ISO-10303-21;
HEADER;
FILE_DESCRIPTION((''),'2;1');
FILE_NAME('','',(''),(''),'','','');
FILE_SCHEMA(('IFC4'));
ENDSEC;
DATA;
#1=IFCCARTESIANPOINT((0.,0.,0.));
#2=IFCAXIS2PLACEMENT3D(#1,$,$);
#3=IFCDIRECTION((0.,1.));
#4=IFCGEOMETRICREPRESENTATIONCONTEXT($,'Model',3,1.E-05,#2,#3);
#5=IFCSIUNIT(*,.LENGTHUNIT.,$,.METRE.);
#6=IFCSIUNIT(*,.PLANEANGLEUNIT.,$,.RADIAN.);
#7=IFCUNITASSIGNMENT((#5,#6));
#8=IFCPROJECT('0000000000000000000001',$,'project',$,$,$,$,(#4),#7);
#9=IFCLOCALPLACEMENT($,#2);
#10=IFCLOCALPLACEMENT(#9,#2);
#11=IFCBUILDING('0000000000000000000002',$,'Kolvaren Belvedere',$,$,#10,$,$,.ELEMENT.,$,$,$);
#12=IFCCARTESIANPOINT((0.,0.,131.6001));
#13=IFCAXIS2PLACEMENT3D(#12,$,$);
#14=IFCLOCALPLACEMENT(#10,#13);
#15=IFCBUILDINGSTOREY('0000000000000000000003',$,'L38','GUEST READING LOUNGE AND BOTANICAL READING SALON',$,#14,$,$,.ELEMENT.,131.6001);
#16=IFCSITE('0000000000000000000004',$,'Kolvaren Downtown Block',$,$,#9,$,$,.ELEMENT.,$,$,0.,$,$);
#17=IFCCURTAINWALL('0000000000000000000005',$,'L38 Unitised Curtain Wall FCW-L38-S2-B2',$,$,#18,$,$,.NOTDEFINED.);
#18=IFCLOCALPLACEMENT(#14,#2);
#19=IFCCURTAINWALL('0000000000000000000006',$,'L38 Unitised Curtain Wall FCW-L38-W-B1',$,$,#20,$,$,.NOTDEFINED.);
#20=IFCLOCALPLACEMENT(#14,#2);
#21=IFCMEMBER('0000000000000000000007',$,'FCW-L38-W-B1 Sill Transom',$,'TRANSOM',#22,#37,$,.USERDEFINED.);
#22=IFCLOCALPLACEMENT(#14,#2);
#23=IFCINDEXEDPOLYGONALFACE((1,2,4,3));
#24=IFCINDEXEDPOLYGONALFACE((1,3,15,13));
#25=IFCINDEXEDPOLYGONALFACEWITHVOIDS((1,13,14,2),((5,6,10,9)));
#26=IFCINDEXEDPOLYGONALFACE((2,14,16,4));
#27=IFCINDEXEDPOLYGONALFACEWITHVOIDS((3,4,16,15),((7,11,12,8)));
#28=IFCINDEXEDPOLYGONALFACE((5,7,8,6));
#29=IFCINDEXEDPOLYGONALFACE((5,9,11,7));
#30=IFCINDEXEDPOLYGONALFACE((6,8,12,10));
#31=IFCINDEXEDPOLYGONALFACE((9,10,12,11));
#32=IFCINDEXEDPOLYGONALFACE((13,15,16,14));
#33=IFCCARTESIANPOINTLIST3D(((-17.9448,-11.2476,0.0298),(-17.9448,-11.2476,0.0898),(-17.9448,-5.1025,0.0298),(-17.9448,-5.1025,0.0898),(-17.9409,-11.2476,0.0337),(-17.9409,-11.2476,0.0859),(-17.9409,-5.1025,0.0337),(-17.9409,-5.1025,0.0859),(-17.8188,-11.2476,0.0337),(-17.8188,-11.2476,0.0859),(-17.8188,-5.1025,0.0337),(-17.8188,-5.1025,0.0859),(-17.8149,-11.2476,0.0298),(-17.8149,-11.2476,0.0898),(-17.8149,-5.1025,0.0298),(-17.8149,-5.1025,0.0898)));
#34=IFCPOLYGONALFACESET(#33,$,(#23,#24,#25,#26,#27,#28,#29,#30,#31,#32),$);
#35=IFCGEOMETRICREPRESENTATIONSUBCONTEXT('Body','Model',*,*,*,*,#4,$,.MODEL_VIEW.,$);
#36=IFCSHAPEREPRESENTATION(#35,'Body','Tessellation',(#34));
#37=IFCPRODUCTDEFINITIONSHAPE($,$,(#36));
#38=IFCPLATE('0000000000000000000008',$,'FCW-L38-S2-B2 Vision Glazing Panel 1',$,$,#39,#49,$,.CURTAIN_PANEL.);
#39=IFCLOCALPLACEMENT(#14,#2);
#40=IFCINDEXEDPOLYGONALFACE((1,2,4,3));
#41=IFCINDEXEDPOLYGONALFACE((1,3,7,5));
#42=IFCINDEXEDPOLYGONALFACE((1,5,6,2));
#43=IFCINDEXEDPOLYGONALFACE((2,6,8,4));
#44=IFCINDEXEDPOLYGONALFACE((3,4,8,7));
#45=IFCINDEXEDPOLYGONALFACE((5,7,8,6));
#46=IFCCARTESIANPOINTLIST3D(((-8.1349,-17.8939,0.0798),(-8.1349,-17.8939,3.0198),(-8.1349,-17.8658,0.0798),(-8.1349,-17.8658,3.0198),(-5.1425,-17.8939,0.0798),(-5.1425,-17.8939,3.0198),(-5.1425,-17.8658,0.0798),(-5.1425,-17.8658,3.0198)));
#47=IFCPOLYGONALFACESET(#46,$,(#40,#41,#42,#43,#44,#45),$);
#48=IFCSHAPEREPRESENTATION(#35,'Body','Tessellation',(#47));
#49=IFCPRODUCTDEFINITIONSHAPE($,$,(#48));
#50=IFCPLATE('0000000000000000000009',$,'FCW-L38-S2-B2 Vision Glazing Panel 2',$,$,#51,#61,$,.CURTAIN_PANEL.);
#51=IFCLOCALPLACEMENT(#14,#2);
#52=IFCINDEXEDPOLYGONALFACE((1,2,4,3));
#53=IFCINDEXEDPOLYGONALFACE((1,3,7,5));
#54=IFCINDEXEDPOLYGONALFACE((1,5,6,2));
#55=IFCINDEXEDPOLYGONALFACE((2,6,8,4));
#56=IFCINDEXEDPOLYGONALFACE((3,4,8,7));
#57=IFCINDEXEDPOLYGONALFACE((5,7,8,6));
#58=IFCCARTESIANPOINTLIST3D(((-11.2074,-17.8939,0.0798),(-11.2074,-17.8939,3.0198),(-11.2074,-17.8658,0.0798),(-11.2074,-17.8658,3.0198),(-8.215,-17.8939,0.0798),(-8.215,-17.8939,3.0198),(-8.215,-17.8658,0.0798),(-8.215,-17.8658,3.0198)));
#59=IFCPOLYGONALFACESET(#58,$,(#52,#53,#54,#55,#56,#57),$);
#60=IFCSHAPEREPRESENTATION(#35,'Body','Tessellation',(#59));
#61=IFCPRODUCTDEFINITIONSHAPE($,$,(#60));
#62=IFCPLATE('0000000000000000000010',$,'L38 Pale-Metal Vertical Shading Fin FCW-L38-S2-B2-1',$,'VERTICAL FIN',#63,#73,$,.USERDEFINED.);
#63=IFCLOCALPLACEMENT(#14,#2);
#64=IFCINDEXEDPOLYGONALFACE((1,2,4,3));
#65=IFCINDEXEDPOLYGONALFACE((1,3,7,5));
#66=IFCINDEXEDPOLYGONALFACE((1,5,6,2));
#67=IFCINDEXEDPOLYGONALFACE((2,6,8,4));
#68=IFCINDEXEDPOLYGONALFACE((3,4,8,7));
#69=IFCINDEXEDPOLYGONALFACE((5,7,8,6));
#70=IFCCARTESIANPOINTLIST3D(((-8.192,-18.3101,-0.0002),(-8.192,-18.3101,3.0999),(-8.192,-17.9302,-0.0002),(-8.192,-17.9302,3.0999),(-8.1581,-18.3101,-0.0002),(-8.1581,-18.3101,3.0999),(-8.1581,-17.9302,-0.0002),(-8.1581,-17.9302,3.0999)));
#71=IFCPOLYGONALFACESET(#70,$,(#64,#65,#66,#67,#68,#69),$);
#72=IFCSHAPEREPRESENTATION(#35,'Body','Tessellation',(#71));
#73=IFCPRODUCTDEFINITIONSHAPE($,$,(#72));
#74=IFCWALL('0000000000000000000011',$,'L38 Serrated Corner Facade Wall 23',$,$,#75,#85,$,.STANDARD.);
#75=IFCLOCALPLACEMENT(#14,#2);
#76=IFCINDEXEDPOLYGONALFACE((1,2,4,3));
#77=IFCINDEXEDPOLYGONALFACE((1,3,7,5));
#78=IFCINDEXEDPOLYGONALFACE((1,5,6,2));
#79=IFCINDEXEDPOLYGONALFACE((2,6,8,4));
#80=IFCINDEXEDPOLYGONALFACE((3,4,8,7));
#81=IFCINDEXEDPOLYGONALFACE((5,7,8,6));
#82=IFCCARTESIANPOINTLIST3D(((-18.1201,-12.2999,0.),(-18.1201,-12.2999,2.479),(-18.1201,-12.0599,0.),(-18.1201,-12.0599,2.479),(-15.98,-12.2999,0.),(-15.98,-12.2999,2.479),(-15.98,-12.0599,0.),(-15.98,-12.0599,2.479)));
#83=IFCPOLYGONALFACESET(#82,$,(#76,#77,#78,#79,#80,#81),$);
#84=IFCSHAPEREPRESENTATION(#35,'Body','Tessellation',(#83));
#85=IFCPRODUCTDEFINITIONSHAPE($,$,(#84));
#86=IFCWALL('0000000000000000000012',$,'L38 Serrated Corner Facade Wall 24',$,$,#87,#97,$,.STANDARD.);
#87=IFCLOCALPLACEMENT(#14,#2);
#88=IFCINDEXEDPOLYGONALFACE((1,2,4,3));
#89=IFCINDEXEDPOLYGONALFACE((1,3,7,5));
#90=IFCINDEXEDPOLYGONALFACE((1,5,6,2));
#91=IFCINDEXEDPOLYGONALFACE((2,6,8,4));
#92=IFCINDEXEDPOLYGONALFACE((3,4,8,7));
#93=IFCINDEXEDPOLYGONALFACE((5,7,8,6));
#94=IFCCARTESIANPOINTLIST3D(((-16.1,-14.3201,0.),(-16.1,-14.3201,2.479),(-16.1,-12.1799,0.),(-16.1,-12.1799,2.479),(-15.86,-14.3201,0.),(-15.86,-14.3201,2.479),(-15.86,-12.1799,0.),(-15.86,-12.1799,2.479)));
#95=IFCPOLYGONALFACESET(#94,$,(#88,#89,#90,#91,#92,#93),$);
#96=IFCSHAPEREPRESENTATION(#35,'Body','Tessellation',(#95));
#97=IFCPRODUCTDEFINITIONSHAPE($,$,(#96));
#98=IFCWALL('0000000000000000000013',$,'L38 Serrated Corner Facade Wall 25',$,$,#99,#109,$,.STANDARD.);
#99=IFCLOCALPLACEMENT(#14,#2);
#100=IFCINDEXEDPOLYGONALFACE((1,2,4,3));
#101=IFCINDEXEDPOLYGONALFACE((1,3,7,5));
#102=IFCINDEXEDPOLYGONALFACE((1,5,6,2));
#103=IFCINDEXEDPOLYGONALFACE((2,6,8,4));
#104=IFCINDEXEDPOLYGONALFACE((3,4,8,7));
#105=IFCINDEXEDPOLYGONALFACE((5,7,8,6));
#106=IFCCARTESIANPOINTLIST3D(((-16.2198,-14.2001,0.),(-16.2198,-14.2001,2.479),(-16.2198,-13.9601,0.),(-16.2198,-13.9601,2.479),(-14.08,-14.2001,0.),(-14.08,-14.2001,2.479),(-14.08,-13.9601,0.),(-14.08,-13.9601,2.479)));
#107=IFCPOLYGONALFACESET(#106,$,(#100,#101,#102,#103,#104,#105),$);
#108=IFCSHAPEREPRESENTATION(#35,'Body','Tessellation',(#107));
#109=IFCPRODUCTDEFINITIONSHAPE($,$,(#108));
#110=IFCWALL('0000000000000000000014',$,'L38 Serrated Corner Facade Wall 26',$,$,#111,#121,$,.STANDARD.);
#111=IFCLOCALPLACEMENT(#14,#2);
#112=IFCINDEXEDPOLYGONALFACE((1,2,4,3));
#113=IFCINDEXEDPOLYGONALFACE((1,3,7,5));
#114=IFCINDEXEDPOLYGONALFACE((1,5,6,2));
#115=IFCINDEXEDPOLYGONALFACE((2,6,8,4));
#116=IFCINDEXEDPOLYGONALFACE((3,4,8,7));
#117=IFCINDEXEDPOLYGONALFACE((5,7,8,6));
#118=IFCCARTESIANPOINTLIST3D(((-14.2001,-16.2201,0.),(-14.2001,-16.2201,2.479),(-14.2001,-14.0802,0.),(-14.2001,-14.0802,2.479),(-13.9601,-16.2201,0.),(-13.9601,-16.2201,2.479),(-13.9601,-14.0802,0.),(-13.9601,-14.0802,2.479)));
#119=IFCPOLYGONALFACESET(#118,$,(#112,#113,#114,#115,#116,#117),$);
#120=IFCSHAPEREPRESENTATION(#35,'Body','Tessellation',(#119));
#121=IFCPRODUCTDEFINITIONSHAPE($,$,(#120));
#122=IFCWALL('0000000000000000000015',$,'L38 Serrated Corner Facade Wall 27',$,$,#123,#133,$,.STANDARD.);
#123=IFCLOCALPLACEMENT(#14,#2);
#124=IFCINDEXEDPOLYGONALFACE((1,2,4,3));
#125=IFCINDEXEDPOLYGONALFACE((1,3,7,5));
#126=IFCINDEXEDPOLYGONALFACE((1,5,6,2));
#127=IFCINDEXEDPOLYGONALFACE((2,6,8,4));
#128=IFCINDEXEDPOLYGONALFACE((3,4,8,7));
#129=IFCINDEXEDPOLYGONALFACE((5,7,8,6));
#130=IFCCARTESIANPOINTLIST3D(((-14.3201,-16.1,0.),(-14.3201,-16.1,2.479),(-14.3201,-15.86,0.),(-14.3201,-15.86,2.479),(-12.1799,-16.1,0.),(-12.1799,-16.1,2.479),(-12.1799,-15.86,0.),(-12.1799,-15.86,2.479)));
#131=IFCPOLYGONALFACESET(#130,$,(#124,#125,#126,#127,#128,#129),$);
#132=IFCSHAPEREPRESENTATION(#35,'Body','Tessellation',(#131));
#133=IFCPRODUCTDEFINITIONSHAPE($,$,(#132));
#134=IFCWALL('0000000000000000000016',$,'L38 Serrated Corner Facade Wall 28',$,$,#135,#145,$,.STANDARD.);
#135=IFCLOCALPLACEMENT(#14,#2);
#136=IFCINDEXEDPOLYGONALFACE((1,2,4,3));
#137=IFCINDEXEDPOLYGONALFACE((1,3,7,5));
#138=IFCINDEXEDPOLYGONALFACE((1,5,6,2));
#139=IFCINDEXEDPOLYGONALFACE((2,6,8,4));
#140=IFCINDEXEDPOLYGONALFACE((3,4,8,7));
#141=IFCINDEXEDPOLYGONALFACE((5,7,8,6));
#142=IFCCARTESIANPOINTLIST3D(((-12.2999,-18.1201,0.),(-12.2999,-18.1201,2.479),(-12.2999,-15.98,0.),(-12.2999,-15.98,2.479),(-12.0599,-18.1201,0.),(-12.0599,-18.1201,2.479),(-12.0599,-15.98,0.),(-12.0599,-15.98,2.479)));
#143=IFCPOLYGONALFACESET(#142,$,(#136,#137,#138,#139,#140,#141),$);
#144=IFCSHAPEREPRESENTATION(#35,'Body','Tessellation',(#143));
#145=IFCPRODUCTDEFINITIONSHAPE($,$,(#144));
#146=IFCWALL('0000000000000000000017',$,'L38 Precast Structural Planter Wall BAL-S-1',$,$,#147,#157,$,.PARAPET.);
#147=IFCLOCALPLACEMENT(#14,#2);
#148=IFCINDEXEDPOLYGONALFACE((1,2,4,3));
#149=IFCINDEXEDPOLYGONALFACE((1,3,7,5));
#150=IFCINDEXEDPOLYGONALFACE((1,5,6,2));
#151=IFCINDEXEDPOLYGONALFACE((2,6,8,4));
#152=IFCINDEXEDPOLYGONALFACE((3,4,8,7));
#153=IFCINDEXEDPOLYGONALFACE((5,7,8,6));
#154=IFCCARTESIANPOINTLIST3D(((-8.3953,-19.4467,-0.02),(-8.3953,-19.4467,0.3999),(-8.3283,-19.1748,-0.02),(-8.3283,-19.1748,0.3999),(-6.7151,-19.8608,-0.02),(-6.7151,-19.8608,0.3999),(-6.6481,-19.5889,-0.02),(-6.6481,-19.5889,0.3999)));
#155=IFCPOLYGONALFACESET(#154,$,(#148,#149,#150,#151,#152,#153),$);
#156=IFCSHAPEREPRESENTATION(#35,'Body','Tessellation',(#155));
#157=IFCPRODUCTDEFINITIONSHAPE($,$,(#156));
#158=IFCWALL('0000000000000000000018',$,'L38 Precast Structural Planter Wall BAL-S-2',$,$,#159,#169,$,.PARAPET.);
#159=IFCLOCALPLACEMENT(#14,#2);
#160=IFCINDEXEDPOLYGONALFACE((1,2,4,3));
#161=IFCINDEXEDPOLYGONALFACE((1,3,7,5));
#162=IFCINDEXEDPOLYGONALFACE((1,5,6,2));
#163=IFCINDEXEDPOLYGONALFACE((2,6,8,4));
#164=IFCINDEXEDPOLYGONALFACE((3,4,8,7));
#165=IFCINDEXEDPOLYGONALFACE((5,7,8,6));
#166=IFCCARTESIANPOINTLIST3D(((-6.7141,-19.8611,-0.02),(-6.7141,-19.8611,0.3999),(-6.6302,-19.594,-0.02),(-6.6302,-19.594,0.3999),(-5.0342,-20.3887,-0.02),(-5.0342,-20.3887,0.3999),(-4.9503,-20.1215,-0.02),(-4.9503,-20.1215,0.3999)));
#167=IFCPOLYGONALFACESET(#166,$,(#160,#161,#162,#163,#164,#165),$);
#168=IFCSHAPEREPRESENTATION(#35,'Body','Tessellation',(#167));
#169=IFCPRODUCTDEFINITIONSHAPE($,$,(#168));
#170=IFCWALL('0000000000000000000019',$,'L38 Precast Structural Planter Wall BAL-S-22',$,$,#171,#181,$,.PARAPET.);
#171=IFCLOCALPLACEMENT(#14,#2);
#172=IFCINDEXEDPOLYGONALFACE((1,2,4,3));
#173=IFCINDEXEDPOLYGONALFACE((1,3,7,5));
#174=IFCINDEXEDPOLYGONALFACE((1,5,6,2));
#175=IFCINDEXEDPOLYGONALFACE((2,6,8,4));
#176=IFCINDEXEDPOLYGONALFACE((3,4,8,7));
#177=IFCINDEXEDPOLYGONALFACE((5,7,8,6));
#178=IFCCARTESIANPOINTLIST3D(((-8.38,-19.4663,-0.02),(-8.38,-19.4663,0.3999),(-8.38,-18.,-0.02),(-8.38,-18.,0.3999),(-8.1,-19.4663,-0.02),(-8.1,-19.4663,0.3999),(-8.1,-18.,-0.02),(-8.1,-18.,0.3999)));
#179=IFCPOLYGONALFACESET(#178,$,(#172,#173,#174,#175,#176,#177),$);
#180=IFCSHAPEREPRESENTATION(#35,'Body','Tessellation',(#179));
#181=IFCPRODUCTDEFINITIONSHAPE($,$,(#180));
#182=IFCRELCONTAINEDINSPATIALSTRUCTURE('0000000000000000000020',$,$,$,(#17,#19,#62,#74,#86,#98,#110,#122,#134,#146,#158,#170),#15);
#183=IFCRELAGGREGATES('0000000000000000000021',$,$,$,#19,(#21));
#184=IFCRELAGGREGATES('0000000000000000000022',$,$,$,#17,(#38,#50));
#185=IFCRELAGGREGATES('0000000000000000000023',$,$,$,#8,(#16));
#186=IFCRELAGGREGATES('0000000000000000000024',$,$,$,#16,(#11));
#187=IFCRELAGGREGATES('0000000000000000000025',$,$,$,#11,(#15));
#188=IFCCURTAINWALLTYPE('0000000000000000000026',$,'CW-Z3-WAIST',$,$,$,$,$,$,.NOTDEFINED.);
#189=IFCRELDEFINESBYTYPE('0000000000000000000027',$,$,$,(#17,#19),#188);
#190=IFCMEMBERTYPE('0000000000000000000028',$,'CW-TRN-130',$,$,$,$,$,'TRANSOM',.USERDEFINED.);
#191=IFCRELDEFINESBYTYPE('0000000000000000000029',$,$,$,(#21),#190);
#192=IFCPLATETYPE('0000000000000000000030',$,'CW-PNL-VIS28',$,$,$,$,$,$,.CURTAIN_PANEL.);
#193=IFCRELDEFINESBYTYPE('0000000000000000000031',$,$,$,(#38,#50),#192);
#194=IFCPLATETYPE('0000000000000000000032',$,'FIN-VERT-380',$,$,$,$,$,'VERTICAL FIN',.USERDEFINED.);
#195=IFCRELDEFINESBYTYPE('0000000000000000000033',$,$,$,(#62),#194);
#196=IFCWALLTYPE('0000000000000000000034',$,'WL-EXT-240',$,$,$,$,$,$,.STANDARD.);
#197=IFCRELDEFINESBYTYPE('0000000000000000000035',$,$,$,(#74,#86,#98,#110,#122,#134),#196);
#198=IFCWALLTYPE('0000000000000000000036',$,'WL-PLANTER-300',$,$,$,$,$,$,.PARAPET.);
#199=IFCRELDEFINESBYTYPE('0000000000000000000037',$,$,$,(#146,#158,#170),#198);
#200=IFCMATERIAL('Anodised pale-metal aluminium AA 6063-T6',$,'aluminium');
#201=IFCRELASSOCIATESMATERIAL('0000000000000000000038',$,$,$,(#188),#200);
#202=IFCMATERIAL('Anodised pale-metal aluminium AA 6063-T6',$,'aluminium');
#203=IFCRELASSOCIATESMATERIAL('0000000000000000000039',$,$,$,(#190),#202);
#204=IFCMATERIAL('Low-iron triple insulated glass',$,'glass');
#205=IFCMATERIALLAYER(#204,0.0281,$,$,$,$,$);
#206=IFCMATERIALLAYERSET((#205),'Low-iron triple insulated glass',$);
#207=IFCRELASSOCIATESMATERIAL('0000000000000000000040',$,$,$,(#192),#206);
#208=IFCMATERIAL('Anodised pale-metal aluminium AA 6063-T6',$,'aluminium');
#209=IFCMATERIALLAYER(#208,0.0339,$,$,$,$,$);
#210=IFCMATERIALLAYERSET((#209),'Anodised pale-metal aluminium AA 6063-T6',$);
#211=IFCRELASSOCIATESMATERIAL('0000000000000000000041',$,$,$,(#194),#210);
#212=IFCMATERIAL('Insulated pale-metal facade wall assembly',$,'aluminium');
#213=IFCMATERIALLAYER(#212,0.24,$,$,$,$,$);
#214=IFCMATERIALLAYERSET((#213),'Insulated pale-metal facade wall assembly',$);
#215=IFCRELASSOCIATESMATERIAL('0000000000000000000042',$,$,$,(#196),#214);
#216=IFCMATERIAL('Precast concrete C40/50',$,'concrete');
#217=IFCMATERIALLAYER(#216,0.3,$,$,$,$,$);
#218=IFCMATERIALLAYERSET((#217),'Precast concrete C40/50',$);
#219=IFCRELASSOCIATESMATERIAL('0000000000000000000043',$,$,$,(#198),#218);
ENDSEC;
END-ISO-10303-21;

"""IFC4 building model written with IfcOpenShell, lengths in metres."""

from ifc_helpers import new_model, si_unit, direction, frame, frame_2d, origin, origin_2d, place, context, subcontext, project, spatial, rectangle, hollow_rectangle, extrude, material, layer, layer_set, material_profile, profile_set, type_object, element, aggregate, save


model = new_model("IFC4")

# Units and contexts
model_context = context("Model", 3, precision=1e-05, world=origin(), true_north=direction((0.0, 1.0)))
body_context = subcontext(model_context, "Body", "Model", "MODEL_VIEW")
ifc_project = project(units=[si_unit("LENGTHUNIT", "METRE"), si_unit("PLANEANGLEUNIT", "RADIAN")], contexts=[model_context])

# Site, building, storey
site_placement = place(None, origin())
site = spatial("IfcSite", under=ifc_project, at=site_placement, Name="Kolvaren Downtown Block", CompositionType="ELEMENT", RefElevation=0.0)
building_placement = place(site_placement, origin())
building = spatial("IfcBuilding", under=site, at=building_placement, Name="Kolvaren Belvedere", CompositionType="ELEMENT")
storey_placement = place(building_placement, frame((0.0, 0.0, 131.6001)))
storey = spatial("IfcBuildingStorey", under=building, at=storey_placement, Name="L38", Description="GUEST READING LOUNGE AND BOTANICAL READING SALON", CompositionType="ELEMENT", Elevation=131.6001)

# Curtain walls, member
ifc_material_1 = material(Name="Anodised pale-metal aluminium AA 6063-T6", Category="aluminium")
curtain_wall_type = type_object("IfcCurtainWallType", Name="CW-Z3-WAIST", PredefinedType="NOTDEFINED", material=ifc_material_1)
curtain_wall_1_placement = place(storey_placement, origin())
curtain_wall_1 = element("IfcCurtainWall", 1, at=curtain_wall_1_placement, inside=storey, type_object=curtain_wall_type, Name="L38 Unitised Curtain Wall FCW-L38-S2-B2", PredefinedType="NOTDEFINED")
curtain_wall_2_placement = place(storey_placement, origin())
curtain_wall_2 = element("IfcCurtainWall", 2, at=curtain_wall_2_placement, inside=storey, type_object=curtain_wall_type, Name="L38 Unitised Curtain Wall FCW-L38-W-B1", PredefinedType="NOTDEFINED")
ifc_material_2 = material(Name="Anodised pale-metal aluminium AA 6063-T6", Category="aluminium")
ifc_material_profile_1 = material_profile(ifc_material_2, hollow_rectangle(XDim=0.0601, YDim=0.1299, WallThickness=0.0039, at=origin_2d()), Name="ALU-TRN-130X60")
ifc_profile_set_1 = profile_set([ifc_material_profile_1], Name="Anodised pale-metal aluminium AA 6063-T6")
member_type_1 = type_object("IfcMemberType", Name="CW-TRN-130", ElementType="TRANSOM", PredefinedType="USERDEFINED", material=ifc_profile_set_1)
member_1_placement = place(storey_placement, frame((-17.8799, -11.2476, 0.0598), z_axis=(0.0, 1.0, 0.0), x_axis=(0.0, 0.0, 1.0)))
member_1 = element("IfcMember", 3, at=member_1_placement, type_object=member_type_1, Name="FCW-L38-W-B1 Sill Transom", ObjectType="TRANSOM", PredefinedType="USERDEFINED", context=body_context, shape_type="SweptSolid", body=[
    extrude(hollow_rectangle(XDim=0.0601, YDim=0.1299, WallThickness=0.0039, at=origin_2d()), origin(), (0.0, 0.0, 1.0), 6.145),
])
aggregate(curtain_wall_2, [member_1])

# Plates
ifc_material_3 = material(Name="Low-iron triple insulated glass", Category="glass")
ifc_layer_1 = layer(ifc_material_3, 0.0281)
ifc_layer_set_1 = layer_set([ifc_layer_1], Name="Low-iron triple insulated glass")
plate_type_1 = type_object("IfcPlateType", Name="CW-PNL-VIS28", PredefinedType="CURTAIN_PANEL", material=ifc_layer_set_1)
plate_1_placement = place(storey_placement, frame((-6.6387, -17.8799, 0.0798), z_axis=(0.0, 0.0, 1.0), x_axis=(-1.0, 0.0, 0.0)))
plate_1 = element("IfcPlate", 4, at=plate_1_placement, type_object=plate_type_1, Name="FCW-L38-S2-B2 Vision Glazing Panel 1", PredefinedType="CURTAIN_PANEL", context=body_context, shape_type="SweptSolid", body=[
    extrude(rectangle(XDim=2.9924, YDim=0.0281, at=origin_2d()), origin(), (0.0, 0.0, 1.0), 2.9399),
])
plate_2_placement = place(storey_placement, frame((-9.7112, -17.8799, 0.0798), z_axis=(0.0, 0.0, 1.0), x_axis=(-1.0, 0.0, 0.0)))
plate_2 = element("IfcPlate", 5, at=plate_2_placement, type_object=plate_type_1, Name="FCW-L38-S2-B2 Vision Glazing Panel 2", PredefinedType="CURTAIN_PANEL", context=body_context, shape_type="SweptSolid", body=[
    extrude(rectangle(XDim=2.9924, YDim=0.0281, at=origin_2d()), origin(), (0.0, 0.0, 1.0), 2.9399),
])
aggregate(curtain_wall_1, [plate_1, plate_2])
ifc_material_4 = material(Name="Anodised pale-metal aluminium AA 6063-T6", Category="aluminium")
ifc_layer_2 = layer(ifc_material_4, 0.0339)
ifc_layer_set_2 = layer_set([ifc_layer_2], Name="Anodised pale-metal aluminium AA 6063-T6")
plate_type_2 = type_object("IfcPlateType", Name="FIN-VERT-380", ElementType="VERTICAL FIN", PredefinedType="USERDEFINED", material=ifc_layer_set_2)
plate_3_placement = place(storey_placement, frame((-8.175, -18.1201, -0.0002), z_axis=(0.0, 0.0, 1.0), x_axis=(0.0, 1.0, 0.0)))
element("IfcPlate", 6, at=plate_3_placement, inside=storey, type_object=plate_type_2, Name="L38 Pale-Metal Vertical Shading Fin FCW-L38-S2-B2-1", ObjectType="VERTICAL FIN", PredefinedType="USERDEFINED", context=body_context, shape_type="SweptSolid", body=[
    extrude(rectangle(XDim=0.3799, YDim=0.0339, at=origin_2d()), origin(), (0.0, 0.0, 1.0), 3.1001),
])

# Walls
ifc_material_5 = material(Name="Insulated pale-metal facade wall assembly", Category="aluminium")
ifc_layer_3 = layer(ifc_material_5, 0.24)
ifc_layer_set_3 = layer_set([ifc_layer_3], Name="Insulated pale-metal facade wall assembly")
wall_type_1 = type_object("IfcWallType", Name="WL-EXT-240", PredefinedType="STANDARD", material=ifc_layer_set_3)
for number, where, z_axis, x_axis, name in (
    (7, (-15.98, -12.1799, 0.0), (0.0, 0.0, 1.0), (-1.0, 0.0, 0.0), "L38 Serrated Corner Facade Wall 23"),
    (8, (-15.98, -14.3201, 0.0), (0.0, 0.0, 1.0), (0.0, 1.0, 0.0), "L38 Serrated Corner Facade Wall 24"),
):
    element("IfcWall", number, at=place(storey_placement, frame(where, z_axis=z_axis, x_axis=x_axis)), inside=storey, type_object=wall_type_1, Name=name, PredefinedType="STANDARD", context=body_context, shape_type="SweptSolid", body=[
        extrude(rectangle(XDim=2.1401, YDim=0.24, at=frame_2d((1.0701, 0.0))), origin(), (0.0, 0.0, 1.0), 2.479),
    ])
for number, where, z_axis, x_axis, name in (
    (9, (-14.0801, -14.0801, 0.0), (0.0, 0.0, 1.0), (-1.0, 0.0, 0.0), "L38 Serrated Corner Facade Wall 25"),
    (10, (-14.0801, -16.22, 0.0), (0.0, 0.0, 1.0), (0.0, 1.0, 0.0), "L38 Serrated Corner Facade Wall 26"),
):
    element("IfcWall", number, at=place(storey_placement, frame(where, z_axis=z_axis, x_axis=x_axis)), inside=storey, type_object=wall_type_1, Name=name, PredefinedType="STANDARD", context=body_context, shape_type="SweptSolid", body=[
        extrude(rectangle(XDim=2.1399, YDim=0.24, at=frame_2d((1.0698, 0.0))), origin(), (0.0, 0.0, 1.0), 2.479),
    ])
for number, where, z_axis, x_axis, name in (
    (11, (-12.1799, -15.98, 0.0), (0.0, 0.0, 1.0), (-1.0, 0.0, 0.0), "L38 Serrated Corner Facade Wall 27"),
    (12, (-12.1799, -18.1201, 0.0), (0.0, 0.0, 1.0), (0.0, 1.0, 0.0), "L38 Serrated Corner Facade Wall 28"),
):
    element("IfcWall", number, at=place(storey_placement, frame(where, z_axis=z_axis, x_axis=x_axis)), inside=storey, type_object=wall_type_1, Name=name, PredefinedType="STANDARD", context=body_context, shape_type="SweptSolid", body=[
        extrude(rectangle(XDim=2.1401, YDim=0.24, at=frame_2d((1.0701, 0.0))), origin(), (0.0, 0.0, 1.0), 2.479),
    ])
ifc_material_6 = material(Name="Precast concrete C40/50", Category="concrete")
ifc_layer_4 = layer(ifc_material_6, 0.3)
ifc_layer_set_4 = layer_set([ifc_layer_4], Name="Precast concrete C40/50")
wall_type_2 = type_object("IfcWallType", Name="WL-PLANTER-300", PredefinedType="PARAPET", material=ifc_layer_set_4)
wall_1_placement = place(storey_placement, frame((-8.3618, -19.3108, -0.02), z_axis=(0.0, 0.0, 1.0), x_axis=(0.97095, -0.239281, 0.0)))
element("IfcWall", 13, at=wall_1_placement, inside=storey, type_object=wall_type_2, Name="L38 Precast Structural Planter Wall BAL-S-1", PredefinedType="PARAPET", context=body_context, shape_type="SweptSolid", body=[
    extrude(rectangle(XDim=1.7305, YDim=0.28, at=frame_2d((0.8652, 0.0))), origin(), (0.0, 0.0, 1.0), 0.4199),
])
wall_2_placement = place(storey_placement, frame((-6.6721, -19.7275, -0.02), z_axis=(0.0, 0.0, 1.0), x_axis=(0.954057, -0.299625, 0.0)))
element("IfcWall", 14, at=wall_2_placement, inside=storey, type_object=wall_type_2, Name="L38 Precast Structural Planter Wall BAL-S-2", PredefinedType="PARAPET", context=body_context, shape_type="SweptSolid", body=[
    extrude(rectangle(XDim=1.7607, YDim=0.28, at=frame_2d((0.8804, 0.0))), origin(), (0.0, 0.0, 1.0), 0.4199),
])
wall_3_placement = place(storey_placement, frame((-8.24, -18.0, -0.02), z_axis=(0.0, 0.0, 1.0), x_axis=(0.0, -1.0, 0.0)))
element("IfcWall", 15, at=wall_3_placement, inside=storey, type_object=wall_type_2, Name="L38 Precast Structural Planter Wall BAL-S-22", PredefinedType="PARAPET", context=body_context, shape_type="SweptSolid", body=[
    extrude(rectangle(XDim=1.4663, YDim=0.28, at=frame_2d((0.7332, 0.0))), origin(), (0.0, 0.0, 1.0), 0.4199),
])

save(model, "model.ifc")
